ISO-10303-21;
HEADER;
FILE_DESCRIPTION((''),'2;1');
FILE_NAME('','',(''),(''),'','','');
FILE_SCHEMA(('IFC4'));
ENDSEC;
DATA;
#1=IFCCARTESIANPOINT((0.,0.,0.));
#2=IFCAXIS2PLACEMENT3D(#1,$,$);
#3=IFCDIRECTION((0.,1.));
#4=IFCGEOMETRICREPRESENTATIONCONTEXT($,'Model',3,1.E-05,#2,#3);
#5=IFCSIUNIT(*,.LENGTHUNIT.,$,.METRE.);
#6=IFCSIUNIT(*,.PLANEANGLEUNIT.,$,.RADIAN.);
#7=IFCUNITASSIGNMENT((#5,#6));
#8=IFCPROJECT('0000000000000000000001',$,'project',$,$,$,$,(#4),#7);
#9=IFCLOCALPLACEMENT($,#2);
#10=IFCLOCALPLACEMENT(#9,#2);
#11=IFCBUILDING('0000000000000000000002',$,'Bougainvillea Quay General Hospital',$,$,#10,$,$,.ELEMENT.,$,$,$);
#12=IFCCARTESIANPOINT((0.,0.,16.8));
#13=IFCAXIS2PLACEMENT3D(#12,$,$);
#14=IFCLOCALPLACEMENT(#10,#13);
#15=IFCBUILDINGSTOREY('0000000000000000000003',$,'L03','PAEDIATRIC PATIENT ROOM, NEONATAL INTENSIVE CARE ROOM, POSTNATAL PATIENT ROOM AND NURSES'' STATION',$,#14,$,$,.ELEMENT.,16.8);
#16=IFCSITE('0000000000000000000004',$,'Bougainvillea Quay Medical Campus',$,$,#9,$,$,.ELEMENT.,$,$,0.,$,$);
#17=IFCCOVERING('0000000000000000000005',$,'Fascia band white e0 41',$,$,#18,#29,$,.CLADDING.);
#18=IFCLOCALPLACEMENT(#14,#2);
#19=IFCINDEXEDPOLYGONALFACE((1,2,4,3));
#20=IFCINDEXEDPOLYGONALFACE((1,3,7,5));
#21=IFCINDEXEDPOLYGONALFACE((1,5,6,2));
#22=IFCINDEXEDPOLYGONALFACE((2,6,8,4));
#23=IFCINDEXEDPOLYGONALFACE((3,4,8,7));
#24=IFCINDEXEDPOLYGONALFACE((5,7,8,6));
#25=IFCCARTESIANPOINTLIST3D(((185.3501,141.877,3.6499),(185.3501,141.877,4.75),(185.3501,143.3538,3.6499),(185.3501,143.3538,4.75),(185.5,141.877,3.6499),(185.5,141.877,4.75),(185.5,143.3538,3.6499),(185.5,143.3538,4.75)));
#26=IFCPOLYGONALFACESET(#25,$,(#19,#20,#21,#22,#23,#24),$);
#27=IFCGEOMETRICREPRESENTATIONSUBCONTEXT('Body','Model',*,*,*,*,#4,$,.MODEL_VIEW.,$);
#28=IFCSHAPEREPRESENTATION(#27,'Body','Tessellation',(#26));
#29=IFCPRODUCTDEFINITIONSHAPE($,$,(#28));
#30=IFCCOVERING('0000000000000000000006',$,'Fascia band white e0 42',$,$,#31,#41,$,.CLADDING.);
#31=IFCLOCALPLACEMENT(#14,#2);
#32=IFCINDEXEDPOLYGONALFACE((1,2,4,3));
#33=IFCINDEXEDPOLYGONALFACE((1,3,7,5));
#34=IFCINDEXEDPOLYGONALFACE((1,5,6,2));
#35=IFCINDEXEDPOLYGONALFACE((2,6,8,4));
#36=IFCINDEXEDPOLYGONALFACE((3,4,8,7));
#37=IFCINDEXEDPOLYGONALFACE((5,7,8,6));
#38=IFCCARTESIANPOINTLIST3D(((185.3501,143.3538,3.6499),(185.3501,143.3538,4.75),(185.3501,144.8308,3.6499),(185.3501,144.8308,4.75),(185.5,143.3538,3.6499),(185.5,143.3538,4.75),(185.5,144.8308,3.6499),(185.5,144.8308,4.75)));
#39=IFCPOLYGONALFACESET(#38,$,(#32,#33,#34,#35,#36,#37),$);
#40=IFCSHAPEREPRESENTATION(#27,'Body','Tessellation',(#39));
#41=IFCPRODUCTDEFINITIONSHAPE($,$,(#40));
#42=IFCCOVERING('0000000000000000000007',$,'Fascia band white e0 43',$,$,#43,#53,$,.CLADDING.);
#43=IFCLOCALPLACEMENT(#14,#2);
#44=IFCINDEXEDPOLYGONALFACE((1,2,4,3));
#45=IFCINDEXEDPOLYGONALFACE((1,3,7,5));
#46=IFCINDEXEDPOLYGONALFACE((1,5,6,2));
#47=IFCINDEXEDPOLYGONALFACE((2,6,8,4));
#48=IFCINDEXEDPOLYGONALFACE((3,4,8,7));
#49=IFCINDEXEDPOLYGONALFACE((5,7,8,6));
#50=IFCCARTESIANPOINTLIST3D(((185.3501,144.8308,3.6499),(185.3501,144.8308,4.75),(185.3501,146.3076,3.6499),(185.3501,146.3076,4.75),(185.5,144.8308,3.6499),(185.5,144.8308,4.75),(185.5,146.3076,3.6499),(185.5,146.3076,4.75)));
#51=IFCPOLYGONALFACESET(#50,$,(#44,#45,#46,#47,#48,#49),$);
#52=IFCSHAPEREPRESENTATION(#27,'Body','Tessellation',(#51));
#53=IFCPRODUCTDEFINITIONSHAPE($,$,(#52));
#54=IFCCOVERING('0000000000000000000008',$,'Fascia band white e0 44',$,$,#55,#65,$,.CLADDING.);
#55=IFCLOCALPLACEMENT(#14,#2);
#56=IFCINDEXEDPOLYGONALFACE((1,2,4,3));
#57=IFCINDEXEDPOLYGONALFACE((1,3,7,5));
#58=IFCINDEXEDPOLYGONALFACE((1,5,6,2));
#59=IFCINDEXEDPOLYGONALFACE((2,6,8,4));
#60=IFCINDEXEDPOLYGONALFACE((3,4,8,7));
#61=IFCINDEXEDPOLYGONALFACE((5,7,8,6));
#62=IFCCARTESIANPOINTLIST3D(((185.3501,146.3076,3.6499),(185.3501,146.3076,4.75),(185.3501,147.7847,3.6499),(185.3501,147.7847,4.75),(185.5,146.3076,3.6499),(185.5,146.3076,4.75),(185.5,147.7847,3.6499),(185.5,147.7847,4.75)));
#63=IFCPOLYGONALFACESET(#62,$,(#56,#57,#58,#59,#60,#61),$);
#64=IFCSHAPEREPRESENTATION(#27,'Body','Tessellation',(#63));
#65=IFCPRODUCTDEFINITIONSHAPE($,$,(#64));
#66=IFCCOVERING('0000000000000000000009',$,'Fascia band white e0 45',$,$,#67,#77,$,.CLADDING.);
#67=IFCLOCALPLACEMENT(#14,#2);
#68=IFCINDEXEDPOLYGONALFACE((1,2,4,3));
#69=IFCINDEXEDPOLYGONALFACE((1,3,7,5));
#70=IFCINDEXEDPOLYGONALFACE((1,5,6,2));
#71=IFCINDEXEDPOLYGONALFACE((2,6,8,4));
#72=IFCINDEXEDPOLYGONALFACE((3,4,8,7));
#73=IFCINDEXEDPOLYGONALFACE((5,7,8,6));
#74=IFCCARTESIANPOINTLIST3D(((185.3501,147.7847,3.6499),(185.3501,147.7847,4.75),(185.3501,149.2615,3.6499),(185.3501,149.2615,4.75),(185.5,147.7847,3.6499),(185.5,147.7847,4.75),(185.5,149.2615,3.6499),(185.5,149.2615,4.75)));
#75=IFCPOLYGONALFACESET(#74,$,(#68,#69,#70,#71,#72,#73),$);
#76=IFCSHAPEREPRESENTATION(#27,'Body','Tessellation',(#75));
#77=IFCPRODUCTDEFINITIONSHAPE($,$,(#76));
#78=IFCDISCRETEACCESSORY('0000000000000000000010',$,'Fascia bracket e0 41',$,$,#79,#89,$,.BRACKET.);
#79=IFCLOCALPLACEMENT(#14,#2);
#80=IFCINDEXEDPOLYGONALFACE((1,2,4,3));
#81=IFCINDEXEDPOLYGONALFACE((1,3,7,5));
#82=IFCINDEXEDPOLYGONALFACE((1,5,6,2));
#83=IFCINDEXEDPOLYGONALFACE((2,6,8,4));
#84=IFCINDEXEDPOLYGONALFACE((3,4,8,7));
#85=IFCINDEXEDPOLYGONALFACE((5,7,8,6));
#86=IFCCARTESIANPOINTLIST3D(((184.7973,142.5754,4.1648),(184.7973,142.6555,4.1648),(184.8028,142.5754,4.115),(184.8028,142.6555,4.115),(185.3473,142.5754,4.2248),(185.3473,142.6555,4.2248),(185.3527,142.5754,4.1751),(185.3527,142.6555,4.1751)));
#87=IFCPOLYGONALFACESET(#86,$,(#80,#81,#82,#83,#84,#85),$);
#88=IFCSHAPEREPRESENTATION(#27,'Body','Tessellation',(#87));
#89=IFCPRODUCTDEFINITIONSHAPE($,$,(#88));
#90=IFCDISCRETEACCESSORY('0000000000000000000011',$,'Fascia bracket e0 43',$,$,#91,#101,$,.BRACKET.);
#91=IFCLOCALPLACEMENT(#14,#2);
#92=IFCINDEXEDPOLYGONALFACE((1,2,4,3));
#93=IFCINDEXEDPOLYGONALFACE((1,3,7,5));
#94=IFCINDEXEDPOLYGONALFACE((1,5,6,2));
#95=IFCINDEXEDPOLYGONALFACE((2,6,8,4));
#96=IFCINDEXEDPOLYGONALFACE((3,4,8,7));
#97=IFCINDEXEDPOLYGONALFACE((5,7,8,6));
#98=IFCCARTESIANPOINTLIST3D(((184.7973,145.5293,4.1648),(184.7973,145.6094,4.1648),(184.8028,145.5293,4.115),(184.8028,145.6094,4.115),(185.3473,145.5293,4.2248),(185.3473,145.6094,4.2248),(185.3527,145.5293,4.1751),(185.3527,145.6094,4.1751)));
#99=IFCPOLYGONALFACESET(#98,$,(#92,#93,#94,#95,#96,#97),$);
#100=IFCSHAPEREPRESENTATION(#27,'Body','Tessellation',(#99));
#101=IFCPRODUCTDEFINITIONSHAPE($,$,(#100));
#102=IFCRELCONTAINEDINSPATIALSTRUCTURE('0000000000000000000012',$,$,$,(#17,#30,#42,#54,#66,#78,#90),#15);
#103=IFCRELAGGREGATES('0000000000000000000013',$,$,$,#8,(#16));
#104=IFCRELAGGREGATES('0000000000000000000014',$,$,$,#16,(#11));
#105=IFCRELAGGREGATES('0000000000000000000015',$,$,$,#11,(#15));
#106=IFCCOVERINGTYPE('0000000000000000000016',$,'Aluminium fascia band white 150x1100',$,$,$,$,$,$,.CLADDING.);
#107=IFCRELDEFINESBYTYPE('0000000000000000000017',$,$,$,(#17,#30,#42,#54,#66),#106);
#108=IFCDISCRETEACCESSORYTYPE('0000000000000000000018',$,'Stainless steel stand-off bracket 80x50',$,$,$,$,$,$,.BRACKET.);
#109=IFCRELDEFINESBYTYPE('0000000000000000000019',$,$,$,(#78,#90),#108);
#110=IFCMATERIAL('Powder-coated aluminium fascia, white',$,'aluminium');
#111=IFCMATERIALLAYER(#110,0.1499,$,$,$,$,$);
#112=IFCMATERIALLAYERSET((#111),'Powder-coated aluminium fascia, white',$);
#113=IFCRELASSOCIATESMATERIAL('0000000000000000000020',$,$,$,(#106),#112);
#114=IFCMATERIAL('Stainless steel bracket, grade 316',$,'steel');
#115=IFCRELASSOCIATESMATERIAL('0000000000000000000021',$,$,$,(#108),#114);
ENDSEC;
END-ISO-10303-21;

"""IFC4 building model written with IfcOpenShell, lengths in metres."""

from ifc_helpers import new_model, si_unit, direction, frame, origin, origin_2d, place, context, subcontext, project, spatial, polyline, rectangle, outline, extrude, material, layer, layer_set, material_profile, profile_set, type_object, element, save


model = new_model("IFC4")

# Units and contexts
model_context = context("Model", 3, precision=1e-05, world=origin(), true_north=direction((0.0, 1.0)))
body_context = subcontext(model_context, "Body", "Model", "MODEL_VIEW")
ifc_project = project(units=[si_unit("LENGTHUNIT", "METRE"), si_unit("PLANEANGLEUNIT", "RADIAN")], contexts=[model_context])

# Site, building, storey
site_placement = place(None, origin())
site = spatial("IfcSite", under=ifc_project, at=site_placement, Name="Bougainvillea Quay Medical Campus", CompositionType="ELEMENT", RefElevation=0.0)
building_placement = place(site_placement, origin())
building = spatial("IfcBuilding", under=site, at=building_placement, Name="Bougainvillea Quay General Hospital", CompositionType="ELEMENT")
storey_placement = place(building_placement, frame((0.0, 0.0, 16.8)))
storey = spatial("IfcBuildingStorey", under=building, at=storey_placement, Name="L03", Description="PAEDIATRIC PATIENT ROOM, NEONATAL INTENSIVE CARE ROOM, POSTNATAL PATIENT ROOM AND NURSES' STATION", CompositionType="ELEMENT", Elevation=16.8)

# Coverings
ifc_material_1 = material(Name="Powder-coated aluminium fascia, white", Category="aluminium")
ifc_layer_1 = layer(ifc_material_1, 0.1499)
ifc_layer_set_1 = layer_set([ifc_layer_1], Name="Powder-coated aluminium fascia, white")
covering_type = type_object("IfcCoveringType", Name="Aluminium fascia band white 150x1100", PredefinedType="CLADDING", material=ifc_layer_set_1)
covering_1_placement = place(storey_placement, frame((185.3501, 141.877, 3.6499), z_axis=(0.0, 0.0, 1.0), x_axis=(0.0, 1.0, 0.0)))
element("IfcCovering", 1, at=covering_1_placement, inside=storey, type_object=covering_type, Name="Fascia band white e0 41", PredefinedType="CLADDING", context=body_context, shape_type="SweptSolid", body=[
    extrude(outline(polyline([(0.0, 0.0), (1.4768, 0.0), (1.4768, -0.1499), (0.0, -0.1499), (0.0, 0.0)])), origin(), (0.0, 0.0, 1.0), 1.1001),
])
covering_2_placement = place(storey_placement, frame((185.3501, 143.3538, 3.6499), z_axis=(0.0, 0.0, 1.0), x_axis=(0.0, 1.0, 0.0)))
element("IfcCovering", 2, at=covering_2_placement, inside=storey, type_object=covering_type, Name="Fascia band white e0 42", PredefinedType="CLADDING", context=body_context, shape_type="SweptSolid", body=[
    extrude(outline(polyline([(0.0, 0.0), (1.4771, 0.0), (1.4771, -0.1499), (0.0, -0.1499), (0.0, 0.0)])), origin(), (0.0, 0.0, 1.0), 1.1001),
])
covering_3_placement = place(storey_placement, frame((185.3501, 144.8308, 3.6499), z_axis=(0.0, 0.0, 1.0), x_axis=(0.0, 1.0, 0.0)))
element("IfcCovering", 3, at=covering_3_placement, inside=storey, type_object=covering_type, Name="Fascia band white e0 43", PredefinedType="CLADDING", context=body_context, shape_type="SweptSolid", body=[
    extrude(outline(polyline([(0.0, 0.0), (1.4768, 0.0), (1.4768, -0.1499), (0.0, -0.1499), (0.0, 0.0)])), origin(), (0.0, 0.0, 1.0), 1.1001),
])
covering_4_placement = place(storey_placement, frame((185.3501, 146.3076, 3.6499), z_axis=(0.0, 0.0, 1.0), x_axis=(0.0, 1.0, 0.0)))
element("IfcCovering", 4, at=covering_4_placement, inside=storey, type_object=covering_type, Name="Fascia band white e0 44", PredefinedType="CLADDING", context=body_context, shape_type="SweptSolid", body=[
    extrude(outline(polyline([(0.0, 0.0), (1.4771, 0.0), (1.4771, -0.1499), (0.0, -0.1499), (0.0, 0.0)])), origin(), (0.0, 0.0, 1.0), 1.1001),
])
covering_5_placement = place(storey_placement, frame((185.3501, 147.7847, 3.6499), z_axis=(0.0, 0.0, 1.0), x_axis=(0.0, 1.0, 0.0)))
element("IfcCovering", 5, at=covering_5_placement, inside=storey, type_object=covering_type, Name="Fascia band white e0 45", PredefinedType="CLADDING", context=body_context, shape_type="SweptSolid", body=[
    extrude(outline(polyline([(0.0, 0.0), (1.4768, 0.0), (1.4768, -0.1499), (0.0, -0.1499), (0.0, 0.0)])), origin(), (0.0, 0.0, 1.0), 1.1001),
])

# Discrete accessories
ifc_material_2 = material(Name="Stainless steel bracket, grade 316", Category="steel")
ifc_material_profile_1 = material_profile(ifc_material_2, rectangle(XDim=0.0801, YDim=0.05, at=origin_2d()))
ifc_profile_set_1 = profile_set([ifc_material_profile_1], Name="Stainless steel bracket, grade 316")
discrete_accessory_type = type_object("IfcDiscreteAccessoryType", Name="Stainless steel stand-off bracket 80x50", PredefinedType="BRACKET", material=ifc_profile_set_1)
for number, where, z_axis, x_axis, name in (
    (6, (184.8, 142.6155, 4.1399), (0.994092, 0.0, 0.108543), (0.0, 1.0, 0.0), "Fascia bracket e0 41"),
    (7, (184.8, 145.5693, 4.1399), (0.994092, 0.0, 0.108543), (0.0, 1.0, 0.0), "Fascia bracket e0 43"),
):
    element("IfcDiscreteAccessory", number, at=place(storey_placement, frame(where, z_axis=z_axis, x_axis=x_axis)), inside=storey, type_object=discrete_accessory_type, Name=name, PredefinedType="BRACKET", context=body_context, shape_type="SweptSolid", body=[
        extrude(rectangle(XDim=0.0801, YDim=0.05, at=origin_2d()), origin(), (0.0, 0.0, 1.0), 0.5532),
    ])

save(model, "model.ifc")
